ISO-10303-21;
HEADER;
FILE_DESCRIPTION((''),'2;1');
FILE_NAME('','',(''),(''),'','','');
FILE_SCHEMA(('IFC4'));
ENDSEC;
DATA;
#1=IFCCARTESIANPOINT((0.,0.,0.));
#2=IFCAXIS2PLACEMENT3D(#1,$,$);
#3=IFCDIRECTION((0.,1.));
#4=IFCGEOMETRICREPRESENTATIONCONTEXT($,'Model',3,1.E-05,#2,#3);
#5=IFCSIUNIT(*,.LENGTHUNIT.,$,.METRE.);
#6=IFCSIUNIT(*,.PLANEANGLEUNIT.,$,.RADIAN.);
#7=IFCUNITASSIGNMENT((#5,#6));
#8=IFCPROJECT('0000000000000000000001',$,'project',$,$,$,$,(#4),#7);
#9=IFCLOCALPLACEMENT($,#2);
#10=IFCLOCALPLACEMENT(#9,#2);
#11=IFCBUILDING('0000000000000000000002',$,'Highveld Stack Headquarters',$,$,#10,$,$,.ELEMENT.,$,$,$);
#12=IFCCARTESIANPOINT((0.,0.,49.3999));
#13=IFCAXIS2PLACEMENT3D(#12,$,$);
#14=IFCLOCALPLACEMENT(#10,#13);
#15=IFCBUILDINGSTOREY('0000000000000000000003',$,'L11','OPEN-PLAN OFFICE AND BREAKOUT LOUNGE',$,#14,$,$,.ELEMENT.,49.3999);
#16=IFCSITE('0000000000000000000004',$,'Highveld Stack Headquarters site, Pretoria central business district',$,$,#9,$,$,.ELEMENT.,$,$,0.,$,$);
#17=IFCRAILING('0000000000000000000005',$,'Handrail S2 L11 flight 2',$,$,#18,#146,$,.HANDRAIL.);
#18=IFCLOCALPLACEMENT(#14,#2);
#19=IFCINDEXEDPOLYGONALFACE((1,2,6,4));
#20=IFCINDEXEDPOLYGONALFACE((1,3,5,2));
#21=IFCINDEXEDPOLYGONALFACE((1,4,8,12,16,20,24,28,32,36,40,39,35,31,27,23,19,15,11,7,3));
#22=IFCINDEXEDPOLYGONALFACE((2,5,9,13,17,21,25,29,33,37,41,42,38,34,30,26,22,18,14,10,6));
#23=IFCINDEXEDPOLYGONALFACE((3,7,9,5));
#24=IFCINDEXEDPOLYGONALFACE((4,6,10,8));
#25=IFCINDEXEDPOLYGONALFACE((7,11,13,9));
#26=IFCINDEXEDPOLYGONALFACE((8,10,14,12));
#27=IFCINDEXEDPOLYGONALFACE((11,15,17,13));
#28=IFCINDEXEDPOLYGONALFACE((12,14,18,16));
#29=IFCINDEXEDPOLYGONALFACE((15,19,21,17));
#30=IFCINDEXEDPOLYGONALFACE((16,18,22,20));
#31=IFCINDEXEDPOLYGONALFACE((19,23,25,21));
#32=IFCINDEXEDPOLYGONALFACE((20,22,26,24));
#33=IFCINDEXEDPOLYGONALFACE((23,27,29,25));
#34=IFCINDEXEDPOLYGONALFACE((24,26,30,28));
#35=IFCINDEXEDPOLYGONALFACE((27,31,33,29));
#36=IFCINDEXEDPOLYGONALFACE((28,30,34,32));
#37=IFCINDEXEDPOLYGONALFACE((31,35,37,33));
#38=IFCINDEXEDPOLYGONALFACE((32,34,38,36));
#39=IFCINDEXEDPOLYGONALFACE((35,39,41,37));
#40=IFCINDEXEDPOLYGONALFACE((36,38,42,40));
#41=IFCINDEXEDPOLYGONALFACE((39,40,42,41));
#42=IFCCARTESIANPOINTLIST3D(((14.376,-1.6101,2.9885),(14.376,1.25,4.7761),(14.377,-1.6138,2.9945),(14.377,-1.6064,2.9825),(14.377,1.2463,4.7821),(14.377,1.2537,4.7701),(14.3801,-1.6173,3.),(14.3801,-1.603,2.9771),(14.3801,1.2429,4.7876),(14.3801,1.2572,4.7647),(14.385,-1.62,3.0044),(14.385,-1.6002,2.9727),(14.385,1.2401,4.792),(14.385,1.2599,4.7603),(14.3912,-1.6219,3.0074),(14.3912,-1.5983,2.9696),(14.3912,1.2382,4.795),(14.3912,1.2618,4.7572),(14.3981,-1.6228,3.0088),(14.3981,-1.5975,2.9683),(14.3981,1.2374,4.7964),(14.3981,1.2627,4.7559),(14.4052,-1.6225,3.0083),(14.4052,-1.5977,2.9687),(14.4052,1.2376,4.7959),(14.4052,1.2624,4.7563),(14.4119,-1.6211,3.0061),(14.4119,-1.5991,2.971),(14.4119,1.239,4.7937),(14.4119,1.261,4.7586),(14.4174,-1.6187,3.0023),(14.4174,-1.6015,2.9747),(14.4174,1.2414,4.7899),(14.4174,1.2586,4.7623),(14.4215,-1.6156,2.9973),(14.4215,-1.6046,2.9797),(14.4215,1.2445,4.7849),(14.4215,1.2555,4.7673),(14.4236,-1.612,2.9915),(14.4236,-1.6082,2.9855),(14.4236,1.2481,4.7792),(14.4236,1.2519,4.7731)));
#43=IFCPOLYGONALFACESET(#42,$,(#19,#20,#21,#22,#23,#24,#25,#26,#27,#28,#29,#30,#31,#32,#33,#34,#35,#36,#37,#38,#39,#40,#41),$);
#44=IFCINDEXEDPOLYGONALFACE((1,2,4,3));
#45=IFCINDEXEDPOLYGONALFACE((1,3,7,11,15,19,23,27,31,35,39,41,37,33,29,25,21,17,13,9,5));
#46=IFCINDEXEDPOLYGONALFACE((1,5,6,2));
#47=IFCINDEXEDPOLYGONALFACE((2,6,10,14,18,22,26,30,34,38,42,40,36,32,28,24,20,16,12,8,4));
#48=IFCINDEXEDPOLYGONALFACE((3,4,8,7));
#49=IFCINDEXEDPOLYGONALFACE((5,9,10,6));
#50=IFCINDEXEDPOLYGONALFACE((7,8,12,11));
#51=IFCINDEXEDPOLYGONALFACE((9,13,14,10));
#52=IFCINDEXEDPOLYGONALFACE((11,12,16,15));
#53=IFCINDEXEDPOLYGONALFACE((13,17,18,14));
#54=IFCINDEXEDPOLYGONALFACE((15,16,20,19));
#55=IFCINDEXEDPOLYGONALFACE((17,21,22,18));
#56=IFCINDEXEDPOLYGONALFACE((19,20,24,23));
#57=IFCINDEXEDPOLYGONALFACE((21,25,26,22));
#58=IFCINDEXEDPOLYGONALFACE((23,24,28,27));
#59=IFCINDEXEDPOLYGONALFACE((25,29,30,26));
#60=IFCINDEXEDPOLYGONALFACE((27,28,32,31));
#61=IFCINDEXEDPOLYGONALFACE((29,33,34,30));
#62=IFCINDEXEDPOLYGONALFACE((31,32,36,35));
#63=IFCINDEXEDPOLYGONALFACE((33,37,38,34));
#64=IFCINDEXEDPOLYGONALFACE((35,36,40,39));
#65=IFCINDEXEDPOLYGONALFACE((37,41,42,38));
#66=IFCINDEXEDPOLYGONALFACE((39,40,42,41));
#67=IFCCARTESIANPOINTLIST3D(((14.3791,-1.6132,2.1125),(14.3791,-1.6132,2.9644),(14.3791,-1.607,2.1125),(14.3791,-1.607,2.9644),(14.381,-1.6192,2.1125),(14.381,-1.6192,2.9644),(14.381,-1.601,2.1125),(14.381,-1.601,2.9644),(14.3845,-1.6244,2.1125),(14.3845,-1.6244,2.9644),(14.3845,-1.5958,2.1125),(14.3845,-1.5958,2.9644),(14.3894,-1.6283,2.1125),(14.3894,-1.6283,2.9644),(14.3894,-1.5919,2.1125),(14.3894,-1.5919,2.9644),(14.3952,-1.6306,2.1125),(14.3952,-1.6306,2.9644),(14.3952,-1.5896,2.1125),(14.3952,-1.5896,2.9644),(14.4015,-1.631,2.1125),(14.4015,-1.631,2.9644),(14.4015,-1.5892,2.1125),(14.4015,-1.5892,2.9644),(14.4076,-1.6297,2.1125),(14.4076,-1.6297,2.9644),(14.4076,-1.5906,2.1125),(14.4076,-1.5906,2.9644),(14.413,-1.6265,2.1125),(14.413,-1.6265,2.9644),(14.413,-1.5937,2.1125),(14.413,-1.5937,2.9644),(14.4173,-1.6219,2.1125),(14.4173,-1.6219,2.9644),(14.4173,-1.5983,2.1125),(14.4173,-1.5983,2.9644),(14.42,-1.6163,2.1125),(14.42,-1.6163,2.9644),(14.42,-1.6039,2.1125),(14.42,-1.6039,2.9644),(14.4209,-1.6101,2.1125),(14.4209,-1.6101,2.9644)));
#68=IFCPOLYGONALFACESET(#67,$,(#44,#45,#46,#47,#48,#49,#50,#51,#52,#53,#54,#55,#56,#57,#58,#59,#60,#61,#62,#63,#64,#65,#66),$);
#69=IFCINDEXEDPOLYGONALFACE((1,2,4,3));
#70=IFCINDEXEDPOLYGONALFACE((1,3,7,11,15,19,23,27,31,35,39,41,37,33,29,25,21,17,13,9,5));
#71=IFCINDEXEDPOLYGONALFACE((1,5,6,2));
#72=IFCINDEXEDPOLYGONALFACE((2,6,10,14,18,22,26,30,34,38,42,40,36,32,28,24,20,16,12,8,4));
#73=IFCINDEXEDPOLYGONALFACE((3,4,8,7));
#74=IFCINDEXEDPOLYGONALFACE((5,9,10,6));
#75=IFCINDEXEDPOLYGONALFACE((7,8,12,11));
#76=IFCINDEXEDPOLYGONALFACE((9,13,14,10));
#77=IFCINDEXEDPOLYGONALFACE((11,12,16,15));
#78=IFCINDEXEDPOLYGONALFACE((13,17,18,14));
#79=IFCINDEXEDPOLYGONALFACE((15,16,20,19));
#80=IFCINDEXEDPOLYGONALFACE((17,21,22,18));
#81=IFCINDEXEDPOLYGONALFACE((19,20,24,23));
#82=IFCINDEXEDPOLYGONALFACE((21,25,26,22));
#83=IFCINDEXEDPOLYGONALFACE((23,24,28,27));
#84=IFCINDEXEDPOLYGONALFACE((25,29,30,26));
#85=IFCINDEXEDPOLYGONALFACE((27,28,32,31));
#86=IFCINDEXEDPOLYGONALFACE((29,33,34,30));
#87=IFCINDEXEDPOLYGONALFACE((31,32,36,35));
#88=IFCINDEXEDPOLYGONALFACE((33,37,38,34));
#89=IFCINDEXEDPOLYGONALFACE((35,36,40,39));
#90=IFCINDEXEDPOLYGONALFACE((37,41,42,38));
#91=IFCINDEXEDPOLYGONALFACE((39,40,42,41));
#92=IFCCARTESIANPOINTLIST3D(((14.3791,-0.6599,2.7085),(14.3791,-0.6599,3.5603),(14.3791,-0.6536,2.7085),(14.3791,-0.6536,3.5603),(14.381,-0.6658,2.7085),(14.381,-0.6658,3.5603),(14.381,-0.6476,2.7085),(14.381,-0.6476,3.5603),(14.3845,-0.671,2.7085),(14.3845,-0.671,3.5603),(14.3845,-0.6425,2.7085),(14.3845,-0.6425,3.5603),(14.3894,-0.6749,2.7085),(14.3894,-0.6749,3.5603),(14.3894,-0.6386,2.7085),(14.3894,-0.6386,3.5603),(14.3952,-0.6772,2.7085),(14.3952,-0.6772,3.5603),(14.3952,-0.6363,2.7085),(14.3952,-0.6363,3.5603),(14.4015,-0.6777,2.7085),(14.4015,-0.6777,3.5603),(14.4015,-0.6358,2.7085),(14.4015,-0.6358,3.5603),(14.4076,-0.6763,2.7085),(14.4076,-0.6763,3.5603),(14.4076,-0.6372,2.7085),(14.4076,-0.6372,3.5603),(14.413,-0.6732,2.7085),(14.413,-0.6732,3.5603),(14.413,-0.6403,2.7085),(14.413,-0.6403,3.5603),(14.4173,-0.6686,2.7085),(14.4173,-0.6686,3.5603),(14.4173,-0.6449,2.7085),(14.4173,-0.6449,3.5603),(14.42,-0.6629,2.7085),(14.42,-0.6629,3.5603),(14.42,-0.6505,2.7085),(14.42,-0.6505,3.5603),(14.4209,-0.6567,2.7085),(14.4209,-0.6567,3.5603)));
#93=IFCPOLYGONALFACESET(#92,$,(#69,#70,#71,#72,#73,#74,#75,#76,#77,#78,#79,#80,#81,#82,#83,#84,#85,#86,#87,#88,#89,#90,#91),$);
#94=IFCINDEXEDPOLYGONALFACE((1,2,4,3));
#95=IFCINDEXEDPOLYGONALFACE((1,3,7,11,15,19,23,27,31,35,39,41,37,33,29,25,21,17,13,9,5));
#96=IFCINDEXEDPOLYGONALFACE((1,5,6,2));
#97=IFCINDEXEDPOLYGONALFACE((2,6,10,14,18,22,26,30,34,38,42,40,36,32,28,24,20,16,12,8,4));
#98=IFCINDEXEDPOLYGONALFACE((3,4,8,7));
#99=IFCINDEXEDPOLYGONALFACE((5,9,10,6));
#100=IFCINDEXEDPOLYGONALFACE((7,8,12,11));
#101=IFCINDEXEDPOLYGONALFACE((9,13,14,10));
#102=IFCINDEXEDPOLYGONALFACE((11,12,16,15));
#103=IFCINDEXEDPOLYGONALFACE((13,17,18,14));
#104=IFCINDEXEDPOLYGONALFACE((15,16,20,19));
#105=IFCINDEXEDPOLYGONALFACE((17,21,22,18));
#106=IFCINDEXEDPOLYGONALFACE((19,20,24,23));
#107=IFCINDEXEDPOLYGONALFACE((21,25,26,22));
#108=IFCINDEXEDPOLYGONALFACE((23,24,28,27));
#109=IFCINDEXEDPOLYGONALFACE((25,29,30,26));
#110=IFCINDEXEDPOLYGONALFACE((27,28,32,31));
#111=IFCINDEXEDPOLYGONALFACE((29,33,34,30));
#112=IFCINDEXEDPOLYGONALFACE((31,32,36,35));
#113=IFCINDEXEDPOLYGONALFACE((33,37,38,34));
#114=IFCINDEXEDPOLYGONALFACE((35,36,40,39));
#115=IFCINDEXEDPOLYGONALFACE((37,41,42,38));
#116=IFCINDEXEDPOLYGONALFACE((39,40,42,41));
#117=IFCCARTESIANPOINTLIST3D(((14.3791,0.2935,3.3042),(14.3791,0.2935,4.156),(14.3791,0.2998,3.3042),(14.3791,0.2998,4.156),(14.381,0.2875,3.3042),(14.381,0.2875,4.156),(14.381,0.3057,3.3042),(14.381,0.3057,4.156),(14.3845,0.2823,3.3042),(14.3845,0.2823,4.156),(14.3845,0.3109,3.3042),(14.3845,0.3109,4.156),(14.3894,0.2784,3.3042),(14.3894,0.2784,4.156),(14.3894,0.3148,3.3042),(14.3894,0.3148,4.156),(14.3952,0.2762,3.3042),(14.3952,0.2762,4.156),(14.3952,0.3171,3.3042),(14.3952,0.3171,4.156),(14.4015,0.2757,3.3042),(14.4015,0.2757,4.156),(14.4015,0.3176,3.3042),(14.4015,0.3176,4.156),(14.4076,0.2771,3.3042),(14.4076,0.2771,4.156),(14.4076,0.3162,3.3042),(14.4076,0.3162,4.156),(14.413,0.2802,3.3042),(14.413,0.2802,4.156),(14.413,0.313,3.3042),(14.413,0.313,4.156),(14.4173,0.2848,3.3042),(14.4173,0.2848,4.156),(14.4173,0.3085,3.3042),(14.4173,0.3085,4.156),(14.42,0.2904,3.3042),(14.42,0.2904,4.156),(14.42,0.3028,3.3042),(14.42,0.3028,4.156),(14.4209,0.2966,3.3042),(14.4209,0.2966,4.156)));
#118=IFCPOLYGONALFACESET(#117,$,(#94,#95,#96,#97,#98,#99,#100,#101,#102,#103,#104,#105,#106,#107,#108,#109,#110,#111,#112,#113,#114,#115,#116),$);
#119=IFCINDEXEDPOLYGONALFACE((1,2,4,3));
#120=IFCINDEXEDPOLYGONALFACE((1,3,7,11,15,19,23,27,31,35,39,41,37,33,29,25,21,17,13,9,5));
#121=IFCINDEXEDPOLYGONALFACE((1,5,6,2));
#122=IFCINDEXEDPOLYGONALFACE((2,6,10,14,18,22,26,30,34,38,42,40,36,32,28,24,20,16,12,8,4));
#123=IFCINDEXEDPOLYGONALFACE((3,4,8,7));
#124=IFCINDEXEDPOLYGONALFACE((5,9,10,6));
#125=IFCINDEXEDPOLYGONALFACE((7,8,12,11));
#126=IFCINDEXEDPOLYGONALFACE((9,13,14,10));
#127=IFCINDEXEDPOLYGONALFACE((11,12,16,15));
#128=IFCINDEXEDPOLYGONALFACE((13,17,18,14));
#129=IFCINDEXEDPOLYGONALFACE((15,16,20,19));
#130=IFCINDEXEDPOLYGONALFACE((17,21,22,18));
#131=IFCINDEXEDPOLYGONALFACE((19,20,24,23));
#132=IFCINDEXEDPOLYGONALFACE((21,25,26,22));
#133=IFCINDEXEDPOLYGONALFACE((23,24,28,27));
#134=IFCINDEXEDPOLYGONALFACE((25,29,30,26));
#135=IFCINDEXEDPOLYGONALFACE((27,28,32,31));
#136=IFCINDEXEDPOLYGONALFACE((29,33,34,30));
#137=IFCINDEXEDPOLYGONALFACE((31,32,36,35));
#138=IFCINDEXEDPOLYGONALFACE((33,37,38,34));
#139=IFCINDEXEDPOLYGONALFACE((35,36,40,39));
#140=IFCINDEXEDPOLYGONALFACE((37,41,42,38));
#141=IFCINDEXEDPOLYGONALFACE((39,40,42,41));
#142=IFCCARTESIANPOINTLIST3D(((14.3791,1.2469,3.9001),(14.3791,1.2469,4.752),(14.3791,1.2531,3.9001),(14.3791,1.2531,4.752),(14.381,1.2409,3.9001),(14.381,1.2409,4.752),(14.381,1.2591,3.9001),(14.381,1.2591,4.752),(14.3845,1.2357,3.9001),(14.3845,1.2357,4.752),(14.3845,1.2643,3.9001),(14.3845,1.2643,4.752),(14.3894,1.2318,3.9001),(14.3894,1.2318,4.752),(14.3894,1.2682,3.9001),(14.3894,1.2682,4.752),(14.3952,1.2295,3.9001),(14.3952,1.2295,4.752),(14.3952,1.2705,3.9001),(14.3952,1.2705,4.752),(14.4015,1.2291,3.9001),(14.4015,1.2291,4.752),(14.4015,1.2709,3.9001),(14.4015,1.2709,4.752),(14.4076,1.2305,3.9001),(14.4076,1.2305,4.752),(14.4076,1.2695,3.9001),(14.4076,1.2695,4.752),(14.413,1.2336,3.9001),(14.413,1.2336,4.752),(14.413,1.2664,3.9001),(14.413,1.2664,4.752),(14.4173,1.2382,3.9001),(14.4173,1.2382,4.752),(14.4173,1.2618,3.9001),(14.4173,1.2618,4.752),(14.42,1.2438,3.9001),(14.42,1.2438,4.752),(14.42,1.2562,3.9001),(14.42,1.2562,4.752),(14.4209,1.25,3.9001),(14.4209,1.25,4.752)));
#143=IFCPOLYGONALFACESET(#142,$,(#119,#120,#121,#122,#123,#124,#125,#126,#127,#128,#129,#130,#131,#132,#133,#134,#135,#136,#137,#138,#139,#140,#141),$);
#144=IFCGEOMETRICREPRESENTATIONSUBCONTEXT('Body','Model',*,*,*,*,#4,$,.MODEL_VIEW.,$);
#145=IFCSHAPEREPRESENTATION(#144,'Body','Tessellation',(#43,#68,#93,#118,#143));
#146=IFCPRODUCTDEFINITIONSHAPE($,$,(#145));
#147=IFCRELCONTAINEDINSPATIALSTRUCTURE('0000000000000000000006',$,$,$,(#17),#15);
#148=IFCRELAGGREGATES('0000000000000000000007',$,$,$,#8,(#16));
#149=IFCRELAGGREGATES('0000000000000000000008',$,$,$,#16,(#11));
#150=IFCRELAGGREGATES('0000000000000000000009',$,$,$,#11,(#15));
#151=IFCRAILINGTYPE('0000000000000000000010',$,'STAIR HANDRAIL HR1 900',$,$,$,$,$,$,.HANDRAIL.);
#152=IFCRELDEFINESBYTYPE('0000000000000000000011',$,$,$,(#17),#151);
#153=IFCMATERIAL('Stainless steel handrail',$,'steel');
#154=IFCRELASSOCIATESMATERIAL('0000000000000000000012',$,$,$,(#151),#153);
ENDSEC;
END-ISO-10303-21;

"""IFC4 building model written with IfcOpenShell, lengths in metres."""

from ifc_helpers import new_model, si_unit, direction, frame, origin, origin_2d, place, context, subcontext, project, spatial, circle, extrude, material, type_object, element, save


model = new_model("IFC4")

# Units and contexts
model_context = context("Model", 3, precision=1e-05, world=origin(), true_north=direction((0.0, 1.0)))
body_context = subcontext(model_context, "Body", "Model", "MODEL_VIEW")
ifc_project = project(units=[si_unit("LENGTHUNIT", "METRE"), si_unit("PLANEANGLEUNIT", "RADIAN")], contexts=[model_context])

# Site, building, storey
site_placement = place(None, origin())
site = spatial("IfcSite", under=ifc_project, at=site_placement, Name="Highveld Stack Headquarters site, Pretoria central business district", CompositionType="ELEMENT", RefElevation=0.0)
building_placement = place(site_placement, origin())
building = spatial("IfcBuilding", under=site, at=building_placement, Name="Highveld Stack Headquarters", CompositionType="ELEMENT")
storey_placement = place(building_placement, frame((0.0, 0.0, 49.3999)))
storey = spatial("IfcBuildingStorey", under=building, at=storey_placement, Name="L11", Description="OPEN-PLAN OFFICE AND BREAKOUT LOUNGE", CompositionType="ELEMENT", Elevation=49.3999)

# Railing
ifc_material_1 = material(Name="Stainless steel handrail", Category="steel")
railing_type = type_object("IfcRailingType", Name="STAIR HANDRAIL HR1 900", PredefinedType="HANDRAIL", material=ifc_material_1)
railing_placement = place(storey_placement, frame((14.3999, -1.6101, 2.1125)))
element("IfcRailing", 1, at=railing_placement, inside=storey, type_object=railing_type, Name="Handrail S2 L11 flight 2", PredefinedType="HANDRAIL", context=body_context, shape_type="SweptSolid", body=[
    extrude(circle(Radius=0.0239, at=origin_2d()), frame((0.0, 0.0, 0.876), z_axis=(0.0, 0.847994, 0.530005), x_axis=(-1.0, 0.0, 0.0)), (0.0, 0.0, 1.0), 3.3728),
    extrude(circle(Radius=0.021, at=origin_2d()), origin(), (0.0, 0.0, 1.0), 0.8518),
    extrude(circle(Radius=0.021, at=origin_2d()), frame((0.0, 0.9534, 0.5959)), (0.0, 0.0, 1.0), 0.8518),
    extrude(circle(Radius=0.021, at=origin_2d()), frame((0.0, 1.9067, 1.1917)), (0.0, 0.0, 1.0), 0.8518),
    extrude(circle(Radius=0.021, at=origin_2d()), frame((0.0, 2.8601, 1.7876)), (0.0, 0.0, 1.0), 0.8518),
])

save(model, "model.ifc")
